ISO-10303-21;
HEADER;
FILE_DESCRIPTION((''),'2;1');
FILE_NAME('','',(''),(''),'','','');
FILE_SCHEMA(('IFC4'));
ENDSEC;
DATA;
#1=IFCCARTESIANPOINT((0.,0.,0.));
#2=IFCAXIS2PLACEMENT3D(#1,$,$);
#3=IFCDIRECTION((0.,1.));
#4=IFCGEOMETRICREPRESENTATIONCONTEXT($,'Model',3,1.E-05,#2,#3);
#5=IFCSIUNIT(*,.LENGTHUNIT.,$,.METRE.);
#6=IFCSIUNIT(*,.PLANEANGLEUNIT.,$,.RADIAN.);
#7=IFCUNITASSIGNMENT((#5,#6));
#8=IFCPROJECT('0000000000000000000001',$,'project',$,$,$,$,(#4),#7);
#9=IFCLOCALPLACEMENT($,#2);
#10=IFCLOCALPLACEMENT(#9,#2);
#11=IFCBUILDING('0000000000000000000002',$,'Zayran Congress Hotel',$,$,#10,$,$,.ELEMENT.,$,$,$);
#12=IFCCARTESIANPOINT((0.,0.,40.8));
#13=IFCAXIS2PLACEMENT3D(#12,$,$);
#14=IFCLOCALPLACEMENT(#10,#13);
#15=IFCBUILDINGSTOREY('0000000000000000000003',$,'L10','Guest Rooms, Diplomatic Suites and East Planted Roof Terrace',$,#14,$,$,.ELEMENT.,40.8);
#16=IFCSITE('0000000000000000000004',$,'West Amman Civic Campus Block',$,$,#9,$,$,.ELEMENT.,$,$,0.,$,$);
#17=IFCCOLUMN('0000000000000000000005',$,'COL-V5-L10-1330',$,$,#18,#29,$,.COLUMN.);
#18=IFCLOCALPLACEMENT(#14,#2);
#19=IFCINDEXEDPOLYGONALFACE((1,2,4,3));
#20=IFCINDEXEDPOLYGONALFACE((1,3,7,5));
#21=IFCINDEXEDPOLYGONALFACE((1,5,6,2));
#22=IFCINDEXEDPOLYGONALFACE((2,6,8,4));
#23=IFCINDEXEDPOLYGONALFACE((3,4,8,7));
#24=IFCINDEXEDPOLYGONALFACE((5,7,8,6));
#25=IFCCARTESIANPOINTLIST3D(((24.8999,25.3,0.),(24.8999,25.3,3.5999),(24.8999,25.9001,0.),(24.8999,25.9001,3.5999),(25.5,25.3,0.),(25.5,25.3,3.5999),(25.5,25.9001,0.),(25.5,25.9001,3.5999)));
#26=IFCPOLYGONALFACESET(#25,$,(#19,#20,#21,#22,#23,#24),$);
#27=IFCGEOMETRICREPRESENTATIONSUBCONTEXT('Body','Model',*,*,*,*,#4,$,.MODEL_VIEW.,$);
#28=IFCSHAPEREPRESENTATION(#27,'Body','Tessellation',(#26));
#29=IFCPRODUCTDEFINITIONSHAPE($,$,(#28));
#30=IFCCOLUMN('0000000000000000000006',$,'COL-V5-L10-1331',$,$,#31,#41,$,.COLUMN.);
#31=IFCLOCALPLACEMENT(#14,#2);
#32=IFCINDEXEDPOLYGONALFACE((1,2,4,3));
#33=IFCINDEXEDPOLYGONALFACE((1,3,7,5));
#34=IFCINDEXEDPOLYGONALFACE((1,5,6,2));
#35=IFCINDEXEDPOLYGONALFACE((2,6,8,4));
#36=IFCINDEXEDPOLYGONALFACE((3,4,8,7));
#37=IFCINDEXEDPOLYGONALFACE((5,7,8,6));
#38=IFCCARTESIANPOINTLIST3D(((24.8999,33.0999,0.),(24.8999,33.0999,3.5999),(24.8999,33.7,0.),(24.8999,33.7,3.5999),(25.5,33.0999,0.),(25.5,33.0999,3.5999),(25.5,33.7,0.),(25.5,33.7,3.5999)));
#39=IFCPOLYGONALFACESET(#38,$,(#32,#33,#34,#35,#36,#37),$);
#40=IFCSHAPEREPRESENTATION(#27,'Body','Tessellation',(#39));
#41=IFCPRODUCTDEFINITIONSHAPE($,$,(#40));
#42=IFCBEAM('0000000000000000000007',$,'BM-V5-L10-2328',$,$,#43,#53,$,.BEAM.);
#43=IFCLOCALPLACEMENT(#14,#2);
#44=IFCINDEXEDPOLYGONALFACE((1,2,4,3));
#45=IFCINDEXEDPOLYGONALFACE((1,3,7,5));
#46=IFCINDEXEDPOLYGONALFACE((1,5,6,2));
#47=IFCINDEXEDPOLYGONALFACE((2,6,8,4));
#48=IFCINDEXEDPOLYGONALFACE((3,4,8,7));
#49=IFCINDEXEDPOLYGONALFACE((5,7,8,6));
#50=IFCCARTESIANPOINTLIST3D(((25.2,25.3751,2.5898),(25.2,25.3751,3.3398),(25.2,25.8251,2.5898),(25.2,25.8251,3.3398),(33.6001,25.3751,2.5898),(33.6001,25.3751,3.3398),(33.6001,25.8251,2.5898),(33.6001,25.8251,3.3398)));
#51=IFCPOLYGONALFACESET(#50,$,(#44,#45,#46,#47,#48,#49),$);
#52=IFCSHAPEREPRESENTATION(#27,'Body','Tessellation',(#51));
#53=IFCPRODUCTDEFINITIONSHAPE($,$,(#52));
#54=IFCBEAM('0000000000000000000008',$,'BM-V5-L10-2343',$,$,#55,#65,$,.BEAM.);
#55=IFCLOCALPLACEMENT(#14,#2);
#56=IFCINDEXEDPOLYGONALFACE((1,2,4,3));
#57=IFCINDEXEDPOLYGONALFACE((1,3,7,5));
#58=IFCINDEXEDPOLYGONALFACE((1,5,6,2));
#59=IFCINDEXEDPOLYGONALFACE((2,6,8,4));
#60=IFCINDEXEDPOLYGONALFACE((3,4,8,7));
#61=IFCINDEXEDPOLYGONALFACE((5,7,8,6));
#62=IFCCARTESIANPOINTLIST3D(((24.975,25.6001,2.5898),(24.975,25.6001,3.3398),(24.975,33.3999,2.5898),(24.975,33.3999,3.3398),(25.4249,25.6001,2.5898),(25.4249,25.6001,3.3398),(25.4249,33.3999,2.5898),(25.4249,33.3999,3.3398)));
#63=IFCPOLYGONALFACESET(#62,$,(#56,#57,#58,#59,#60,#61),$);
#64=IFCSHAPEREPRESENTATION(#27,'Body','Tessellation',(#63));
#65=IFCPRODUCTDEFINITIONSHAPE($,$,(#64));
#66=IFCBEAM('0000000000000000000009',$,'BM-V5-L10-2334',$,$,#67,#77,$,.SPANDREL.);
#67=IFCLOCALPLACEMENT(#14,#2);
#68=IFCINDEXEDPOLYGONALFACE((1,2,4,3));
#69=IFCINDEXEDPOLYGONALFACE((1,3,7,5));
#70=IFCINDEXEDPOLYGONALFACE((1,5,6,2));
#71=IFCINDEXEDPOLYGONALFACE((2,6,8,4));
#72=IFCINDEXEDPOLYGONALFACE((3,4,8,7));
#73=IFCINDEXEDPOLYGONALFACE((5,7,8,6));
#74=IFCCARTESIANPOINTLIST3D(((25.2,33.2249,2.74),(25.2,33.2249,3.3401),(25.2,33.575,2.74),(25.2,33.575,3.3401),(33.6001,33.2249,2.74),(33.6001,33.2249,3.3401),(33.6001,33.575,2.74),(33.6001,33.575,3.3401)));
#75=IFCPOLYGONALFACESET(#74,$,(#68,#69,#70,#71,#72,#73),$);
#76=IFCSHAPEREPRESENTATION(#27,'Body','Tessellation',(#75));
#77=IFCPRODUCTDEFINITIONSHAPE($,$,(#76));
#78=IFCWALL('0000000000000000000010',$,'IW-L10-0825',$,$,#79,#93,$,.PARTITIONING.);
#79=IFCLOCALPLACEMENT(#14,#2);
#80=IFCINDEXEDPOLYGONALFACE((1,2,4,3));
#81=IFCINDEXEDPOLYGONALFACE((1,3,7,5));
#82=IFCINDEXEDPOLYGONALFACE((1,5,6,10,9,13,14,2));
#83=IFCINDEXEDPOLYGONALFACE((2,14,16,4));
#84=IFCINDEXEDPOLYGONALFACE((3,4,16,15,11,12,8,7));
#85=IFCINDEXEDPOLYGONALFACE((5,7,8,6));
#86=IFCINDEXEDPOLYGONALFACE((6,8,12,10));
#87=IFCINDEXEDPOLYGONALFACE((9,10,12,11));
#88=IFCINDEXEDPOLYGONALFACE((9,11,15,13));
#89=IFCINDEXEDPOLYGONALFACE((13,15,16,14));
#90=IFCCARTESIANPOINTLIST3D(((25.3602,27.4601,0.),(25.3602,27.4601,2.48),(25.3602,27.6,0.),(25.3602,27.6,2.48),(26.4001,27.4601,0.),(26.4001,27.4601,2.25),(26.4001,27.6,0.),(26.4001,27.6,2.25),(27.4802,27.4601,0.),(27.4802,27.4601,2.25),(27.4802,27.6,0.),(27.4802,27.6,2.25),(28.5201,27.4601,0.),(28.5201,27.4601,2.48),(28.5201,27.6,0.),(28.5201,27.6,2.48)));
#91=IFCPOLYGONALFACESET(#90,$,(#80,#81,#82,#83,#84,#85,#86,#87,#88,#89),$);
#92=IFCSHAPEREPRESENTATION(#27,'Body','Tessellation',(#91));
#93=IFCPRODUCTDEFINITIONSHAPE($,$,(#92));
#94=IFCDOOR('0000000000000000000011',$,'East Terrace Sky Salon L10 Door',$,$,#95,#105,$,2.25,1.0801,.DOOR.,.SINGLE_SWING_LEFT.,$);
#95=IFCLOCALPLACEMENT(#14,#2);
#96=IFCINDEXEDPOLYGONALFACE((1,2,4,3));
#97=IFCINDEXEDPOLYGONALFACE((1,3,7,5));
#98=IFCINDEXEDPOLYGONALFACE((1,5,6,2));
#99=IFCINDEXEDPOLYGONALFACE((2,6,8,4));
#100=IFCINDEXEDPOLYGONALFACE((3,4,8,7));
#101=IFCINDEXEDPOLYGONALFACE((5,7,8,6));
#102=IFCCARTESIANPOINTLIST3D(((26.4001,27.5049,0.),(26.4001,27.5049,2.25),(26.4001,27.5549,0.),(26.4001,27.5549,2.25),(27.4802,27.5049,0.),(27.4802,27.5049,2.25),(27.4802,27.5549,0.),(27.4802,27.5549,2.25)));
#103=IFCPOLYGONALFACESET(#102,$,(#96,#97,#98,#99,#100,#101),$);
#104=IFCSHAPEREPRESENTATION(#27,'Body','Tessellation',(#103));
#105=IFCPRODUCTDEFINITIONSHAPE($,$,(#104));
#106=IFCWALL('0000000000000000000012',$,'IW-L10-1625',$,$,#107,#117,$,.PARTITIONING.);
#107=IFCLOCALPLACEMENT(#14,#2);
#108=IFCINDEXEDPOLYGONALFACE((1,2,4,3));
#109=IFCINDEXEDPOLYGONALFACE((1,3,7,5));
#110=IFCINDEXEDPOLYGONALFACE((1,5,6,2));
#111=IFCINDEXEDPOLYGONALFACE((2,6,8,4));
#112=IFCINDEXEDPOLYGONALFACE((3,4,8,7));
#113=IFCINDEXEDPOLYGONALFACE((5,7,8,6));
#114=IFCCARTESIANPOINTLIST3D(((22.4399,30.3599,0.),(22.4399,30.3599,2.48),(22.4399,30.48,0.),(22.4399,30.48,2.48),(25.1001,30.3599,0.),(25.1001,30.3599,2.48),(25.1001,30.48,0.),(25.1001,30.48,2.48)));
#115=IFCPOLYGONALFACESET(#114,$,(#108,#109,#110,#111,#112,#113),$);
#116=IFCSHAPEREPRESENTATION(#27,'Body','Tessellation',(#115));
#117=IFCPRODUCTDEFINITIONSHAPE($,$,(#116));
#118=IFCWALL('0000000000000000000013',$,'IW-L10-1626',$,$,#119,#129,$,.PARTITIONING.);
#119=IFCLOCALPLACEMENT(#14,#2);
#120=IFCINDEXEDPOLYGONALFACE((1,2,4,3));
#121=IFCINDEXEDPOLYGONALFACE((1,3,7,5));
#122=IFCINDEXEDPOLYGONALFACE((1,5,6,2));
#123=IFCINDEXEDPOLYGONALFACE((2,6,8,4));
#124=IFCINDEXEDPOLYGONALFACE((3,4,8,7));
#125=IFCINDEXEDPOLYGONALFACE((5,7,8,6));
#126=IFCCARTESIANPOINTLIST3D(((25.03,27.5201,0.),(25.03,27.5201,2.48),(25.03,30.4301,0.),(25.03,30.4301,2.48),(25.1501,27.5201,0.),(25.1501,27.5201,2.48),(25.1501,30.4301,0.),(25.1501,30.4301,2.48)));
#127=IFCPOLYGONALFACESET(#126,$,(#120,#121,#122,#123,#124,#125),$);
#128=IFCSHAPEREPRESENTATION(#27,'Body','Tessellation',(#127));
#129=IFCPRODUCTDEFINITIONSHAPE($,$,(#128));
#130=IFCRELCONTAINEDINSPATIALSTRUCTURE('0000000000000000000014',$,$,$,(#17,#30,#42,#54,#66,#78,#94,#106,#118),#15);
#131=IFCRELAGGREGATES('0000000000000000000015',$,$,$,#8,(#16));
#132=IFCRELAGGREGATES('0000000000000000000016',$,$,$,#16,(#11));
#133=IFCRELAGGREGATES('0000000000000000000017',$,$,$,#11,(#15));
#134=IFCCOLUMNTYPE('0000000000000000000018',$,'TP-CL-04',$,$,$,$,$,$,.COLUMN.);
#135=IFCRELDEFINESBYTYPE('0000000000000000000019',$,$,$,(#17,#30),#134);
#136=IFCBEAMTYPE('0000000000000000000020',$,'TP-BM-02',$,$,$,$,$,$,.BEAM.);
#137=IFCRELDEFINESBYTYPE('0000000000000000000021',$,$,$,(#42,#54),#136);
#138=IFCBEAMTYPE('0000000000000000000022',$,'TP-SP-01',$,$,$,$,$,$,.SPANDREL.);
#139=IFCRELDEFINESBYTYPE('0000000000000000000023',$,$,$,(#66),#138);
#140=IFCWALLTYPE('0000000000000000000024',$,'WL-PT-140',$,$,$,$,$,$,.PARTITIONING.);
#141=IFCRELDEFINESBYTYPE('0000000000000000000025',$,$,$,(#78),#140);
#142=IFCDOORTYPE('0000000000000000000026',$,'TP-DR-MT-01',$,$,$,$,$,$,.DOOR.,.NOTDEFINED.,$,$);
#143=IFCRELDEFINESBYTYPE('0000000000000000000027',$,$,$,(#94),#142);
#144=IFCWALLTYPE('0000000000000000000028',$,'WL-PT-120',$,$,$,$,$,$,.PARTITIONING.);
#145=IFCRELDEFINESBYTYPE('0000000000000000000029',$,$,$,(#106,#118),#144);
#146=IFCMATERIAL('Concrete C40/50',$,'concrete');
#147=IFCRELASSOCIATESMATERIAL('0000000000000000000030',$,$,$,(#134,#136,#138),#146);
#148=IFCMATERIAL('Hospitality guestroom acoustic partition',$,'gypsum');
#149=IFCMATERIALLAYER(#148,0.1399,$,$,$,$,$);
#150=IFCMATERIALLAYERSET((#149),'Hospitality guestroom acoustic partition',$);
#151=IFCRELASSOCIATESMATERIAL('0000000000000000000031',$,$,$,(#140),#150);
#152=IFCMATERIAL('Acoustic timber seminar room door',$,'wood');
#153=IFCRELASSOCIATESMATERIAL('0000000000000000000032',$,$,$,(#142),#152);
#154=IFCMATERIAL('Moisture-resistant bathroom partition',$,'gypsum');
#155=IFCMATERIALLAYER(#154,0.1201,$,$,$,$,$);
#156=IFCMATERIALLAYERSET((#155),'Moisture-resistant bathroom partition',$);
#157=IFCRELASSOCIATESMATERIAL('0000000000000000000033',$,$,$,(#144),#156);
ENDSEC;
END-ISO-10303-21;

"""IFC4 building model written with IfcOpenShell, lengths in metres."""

from ifc_helpers import new_model, si_unit, direction, frame, frame_2d, origin, origin_2d, place, context, subcontext, project, spatial, rectangle, extrude, material, layer, layer_set, material_profile, profile_set, type_object, element, fill, save


model = new_model("IFC4")

# Units and contexts
model_context = context("Model", 3, precision=1e-05, world=origin(), true_north=direction((0.0, 1.0)))
body_context = subcontext(model_context, "Body", "Model", "MODEL_VIEW")
ifc_project = project(units=[si_unit("LENGTHUNIT", "METRE"), si_unit("PLANEANGLEUNIT", "RADIAN")], contexts=[model_context])

# Site, building, storey
site_placement = place(None, origin())
site = spatial("IfcSite", under=ifc_project, at=site_placement, Name="West Amman Civic Campus Block", CompositionType="ELEMENT", RefElevation=0.0)
building_placement = place(site_placement, origin())
building = spatial("IfcBuilding", under=site, at=building_placement, Name="Zayran Congress Hotel", CompositionType="ELEMENT")
storey_placement = place(building_placement, frame((0.0, 0.0, 40.8)))
storey = spatial("IfcBuildingStorey", under=building, at=storey_placement, Name="L10", Description="Guest Rooms, Diplomatic Suites and East Planted Roof Terrace", CompositionType="ELEMENT", Elevation=40.8)

# Columns
ifc_material_1 = material(Name="Concrete C40/50", Category="concrete")
ifc_material_profile_1 = material_profile(ifc_material_1, rectangle(XDim=0.6001, YDim=0.6001, at=origin_2d()), Name="RC 600x600")
ifc_profile_set_1 = profile_set([ifc_material_profile_1], Name="Concrete C40/50")
column_type = type_object("IfcColumnType", Name="TP-CL-04", PredefinedType="COLUMN", material=ifc_profile_set_1)
for number, where, z_axis, x_axis, name in (
    (1, (25.2, 25.6001, 0.0), (0.0, 0.0, 1.0), (1.0, 0.0, 0.0), "COL-V5-L10-1330"),
    (2, (25.2, 33.3999, 0.0), (0.0, 0.0, 1.0), (1.0, 0.0, 0.0), "COL-V5-L10-1331"),
):
    element("IfcColumn", number, at=place(storey_placement, frame(where, z_axis=z_axis, x_axis=x_axis)), inside=storey, type_object=column_type, Name=name, PredefinedType="COLUMN", context=body_context, shape_type="SweptSolid", body=[
        extrude(rectangle(XDim=0.6001, YDim=0.6001, at=origin_2d()), origin(), (0.0, 0.0, 1.0), 3.5999),
    ])

# Beams
ifc_material_profile_2 = material_profile(ifc_material_1, rectangle(XDim=0.45, YDim=0.75, at=origin_2d()), Name="RC 450x750")
ifc_profile_set_2 = profile_set([ifc_material_profile_2], Name="Concrete C40/50")
beam_type_1 = type_object("IfcBeamType", Name="TP-BM-02", PredefinedType="BEAM", material=ifc_profile_set_2)
beam_1_placement = place(storey_placement, frame((25.2, 25.6001, 2.9648), z_axis=(1.0, 0.0, 0.0), x_axis=(0.0, 1.0, 0.0)))
element("IfcBeam", 3, at=beam_1_placement, inside=storey, type_object=beam_type_1, Name="BM-V5-L10-2328", PredefinedType="BEAM", context=body_context, shape_type="SweptSolid", body=[
    extrude(rectangle(XDim=0.45, YDim=0.75, at=origin_2d()), origin(), (0.0, 0.0, 1.0), 8.4001),
])
beam_2_placement = place(storey_placement, frame((25.2, 25.6001, 2.9648), z_axis=(0.0, 1.0, 0.0), x_axis=(-1.0, 0.0, 0.0)))
element("IfcBeam", 4, at=beam_2_placement, inside=storey, type_object=beam_type_1, Name="BM-V5-L10-2343", PredefinedType="BEAM", context=body_context, shape_type="SweptSolid", body=[
    extrude(rectangle(XDim=0.45, YDim=0.75, at=origin_2d()), origin(), (0.0, 0.0, 1.0), 7.7998),
])
ifc_material_profile_3 = material_profile(ifc_material_1, rectangle(XDim=0.3501, YDim=0.6001, at=origin_2d()), Name="RC 350x600")
ifc_profile_set_3 = profile_set([ifc_material_profile_3], Name="Concrete C40/50")
beam_type_2 = type_object("IfcBeamType", Name="TP-SP-01", PredefinedType="SPANDREL", material=ifc_profile_set_3)
beam_3_placement = place(storey_placement, frame((25.2, 33.3999, 3.04), z_axis=(1.0, 0.0, 0.0), x_axis=(0.0, 1.0, 0.0)))
element("IfcBeam", 5, at=beam_3_placement, inside=storey, type_object=beam_type_2, Name="BM-V5-L10-2334", PredefinedType="SPANDREL", context=body_context, shape_type="SweptSolid", body=[
    extrude(rectangle(XDim=0.3501, YDim=0.6001, at=origin_2d()), origin(), (0.0, 0.0, 1.0), 8.4001),
])

# Wall, opening, door
ifc_material_2 = material(Name="Hospitality guestroom acoustic partition", Category="gypsum")
ifc_layer_1 = layer(ifc_material_2, 0.1399)
ifc_layer_set_1 = layer_set([ifc_layer_1], Name="Hospitality guestroom acoustic partition")
wall_type_1 = type_object("IfcWallType", Name="WL-PT-140", PredefinedType="PARTITIONING", material=ifc_layer_set_1)
wall_1_placement = place(storey_placement, frame((25.3601, 27.53, 0.0), z_axis=(0.0, 0.0, 1.0), x_axis=(1.0, 0.0, 0.0)))
wall_1 = element("IfcWall", 6, at=wall_1_placement, inside=storey, type_object=wall_type_1, Name="IW-L10-0825", PredefinedType="PARTITIONING", context=body_context, shape_type="SweptSolid", body=[
    extrude(rectangle(XDim=3.1599, YDim=0.1399, at=frame_2d((1.5801, 0.0))), origin(), (0.0, 0.0, 1.0), 2.48),
])
opening_1_placement = place(wall_1_placement, frame((1.04, 0.0, 0.0)))
opening_1 = element("IfcOpeningElement", 7, at=opening_1_placement, cuts=wall_1, PredefinedType="OPENING", context=body_context, shape_type="SweptSolid", body=[
    extrude(rectangle(XDim=1.0801, YDim=2.25, at=frame_2d((0.54, 1.125))), frame((0.0, 0.0798, 0.0), z_axis=(0.0, -1.0, 0.0), x_axis=(1.0, 0.0, 0.0)), (0.0, 0.0, 1.0), 0.1599),
])
ifc_material_3 = material(Name="Acoustic timber seminar room door", Category="wood")
door_type_1 = type_object("IfcDoorType", Name="TP-DR-MT-01", OperationType="NOTDEFINED", PredefinedType="DOOR", material=ifc_material_3)
door_1_placement = place(opening_1_placement, origin())
door_1 = element("IfcDoor", 8, at=door_1_placement, inside=storey, type_object=door_type_1, Name="East Terrace Sky Salon L10 Door", OperationType="SINGLE_SWING_LEFT", OverallHeight=2.25, OverallWidth=1.0801, PredefinedType="DOOR", context=body_context, shape_type="SweptSolid", body=[
    extrude(rectangle(XDim=1.0801, YDim=2.25, at=frame_2d((0.54, 1.125))), frame((0.0, 0.0249, 0.0), z_axis=(0.0, -1.0, 0.0), x_axis=(1.0, 0.0, 0.0)), (0.0, 0.0, 1.0), 0.05),
])
fill(opening_1, door_1)
ifc_material_4 = material(Name="Moisture-resistant bathroom partition", Category="gypsum")
ifc_layer_2 = layer(ifc_material_4, 0.1201)
ifc_layer_set_2 = layer_set([ifc_layer_2], Name="Moisture-resistant bathroom partition")
wall_type_2 = type_object("IfcWallType", Name="WL-PT-120", PredefinedType="PARTITIONING", material=ifc_layer_set_2)

# Walls
wall_2_placement = place(storey_placement, frame((22.4399, 30.4199, 0.0), z_axis=(0.0, 0.0, 1.0), x_axis=(1.0, 0.0, 0.0)))
element("IfcWall", 9, at=wall_2_placement, inside=storey, type_object=wall_type_2, Name="IW-L10-1625", PredefinedType="PARTITIONING", context=body_context, shape_type="SweptSolid", body=[
    extrude(rectangle(XDim=2.6602, YDim=0.1201, at=frame_2d((1.3301, 0.0))), origin(), (0.0, 0.0, 1.0), 2.48),
])
wall_3_placement = place(storey_placement, frame((25.0901, 27.52, 0.0), z_axis=(0.0, 0.0, 1.0), x_axis=(0.0, 1.0, 0.0)))
element("IfcWall", 10, at=wall_3_placement, inside=storey, type_object=wall_type_2, Name="IW-L10-1626", PredefinedType="PARTITIONING", context=body_context, shape_type="SweptSolid", body=[
    extrude(rectangle(XDim=2.9099, YDim=0.1201, at=frame_2d((1.4551, 0.0))), origin(), (0.0, 0.0, 1.0), 2.48),
])

save(model, "model.ifc")
